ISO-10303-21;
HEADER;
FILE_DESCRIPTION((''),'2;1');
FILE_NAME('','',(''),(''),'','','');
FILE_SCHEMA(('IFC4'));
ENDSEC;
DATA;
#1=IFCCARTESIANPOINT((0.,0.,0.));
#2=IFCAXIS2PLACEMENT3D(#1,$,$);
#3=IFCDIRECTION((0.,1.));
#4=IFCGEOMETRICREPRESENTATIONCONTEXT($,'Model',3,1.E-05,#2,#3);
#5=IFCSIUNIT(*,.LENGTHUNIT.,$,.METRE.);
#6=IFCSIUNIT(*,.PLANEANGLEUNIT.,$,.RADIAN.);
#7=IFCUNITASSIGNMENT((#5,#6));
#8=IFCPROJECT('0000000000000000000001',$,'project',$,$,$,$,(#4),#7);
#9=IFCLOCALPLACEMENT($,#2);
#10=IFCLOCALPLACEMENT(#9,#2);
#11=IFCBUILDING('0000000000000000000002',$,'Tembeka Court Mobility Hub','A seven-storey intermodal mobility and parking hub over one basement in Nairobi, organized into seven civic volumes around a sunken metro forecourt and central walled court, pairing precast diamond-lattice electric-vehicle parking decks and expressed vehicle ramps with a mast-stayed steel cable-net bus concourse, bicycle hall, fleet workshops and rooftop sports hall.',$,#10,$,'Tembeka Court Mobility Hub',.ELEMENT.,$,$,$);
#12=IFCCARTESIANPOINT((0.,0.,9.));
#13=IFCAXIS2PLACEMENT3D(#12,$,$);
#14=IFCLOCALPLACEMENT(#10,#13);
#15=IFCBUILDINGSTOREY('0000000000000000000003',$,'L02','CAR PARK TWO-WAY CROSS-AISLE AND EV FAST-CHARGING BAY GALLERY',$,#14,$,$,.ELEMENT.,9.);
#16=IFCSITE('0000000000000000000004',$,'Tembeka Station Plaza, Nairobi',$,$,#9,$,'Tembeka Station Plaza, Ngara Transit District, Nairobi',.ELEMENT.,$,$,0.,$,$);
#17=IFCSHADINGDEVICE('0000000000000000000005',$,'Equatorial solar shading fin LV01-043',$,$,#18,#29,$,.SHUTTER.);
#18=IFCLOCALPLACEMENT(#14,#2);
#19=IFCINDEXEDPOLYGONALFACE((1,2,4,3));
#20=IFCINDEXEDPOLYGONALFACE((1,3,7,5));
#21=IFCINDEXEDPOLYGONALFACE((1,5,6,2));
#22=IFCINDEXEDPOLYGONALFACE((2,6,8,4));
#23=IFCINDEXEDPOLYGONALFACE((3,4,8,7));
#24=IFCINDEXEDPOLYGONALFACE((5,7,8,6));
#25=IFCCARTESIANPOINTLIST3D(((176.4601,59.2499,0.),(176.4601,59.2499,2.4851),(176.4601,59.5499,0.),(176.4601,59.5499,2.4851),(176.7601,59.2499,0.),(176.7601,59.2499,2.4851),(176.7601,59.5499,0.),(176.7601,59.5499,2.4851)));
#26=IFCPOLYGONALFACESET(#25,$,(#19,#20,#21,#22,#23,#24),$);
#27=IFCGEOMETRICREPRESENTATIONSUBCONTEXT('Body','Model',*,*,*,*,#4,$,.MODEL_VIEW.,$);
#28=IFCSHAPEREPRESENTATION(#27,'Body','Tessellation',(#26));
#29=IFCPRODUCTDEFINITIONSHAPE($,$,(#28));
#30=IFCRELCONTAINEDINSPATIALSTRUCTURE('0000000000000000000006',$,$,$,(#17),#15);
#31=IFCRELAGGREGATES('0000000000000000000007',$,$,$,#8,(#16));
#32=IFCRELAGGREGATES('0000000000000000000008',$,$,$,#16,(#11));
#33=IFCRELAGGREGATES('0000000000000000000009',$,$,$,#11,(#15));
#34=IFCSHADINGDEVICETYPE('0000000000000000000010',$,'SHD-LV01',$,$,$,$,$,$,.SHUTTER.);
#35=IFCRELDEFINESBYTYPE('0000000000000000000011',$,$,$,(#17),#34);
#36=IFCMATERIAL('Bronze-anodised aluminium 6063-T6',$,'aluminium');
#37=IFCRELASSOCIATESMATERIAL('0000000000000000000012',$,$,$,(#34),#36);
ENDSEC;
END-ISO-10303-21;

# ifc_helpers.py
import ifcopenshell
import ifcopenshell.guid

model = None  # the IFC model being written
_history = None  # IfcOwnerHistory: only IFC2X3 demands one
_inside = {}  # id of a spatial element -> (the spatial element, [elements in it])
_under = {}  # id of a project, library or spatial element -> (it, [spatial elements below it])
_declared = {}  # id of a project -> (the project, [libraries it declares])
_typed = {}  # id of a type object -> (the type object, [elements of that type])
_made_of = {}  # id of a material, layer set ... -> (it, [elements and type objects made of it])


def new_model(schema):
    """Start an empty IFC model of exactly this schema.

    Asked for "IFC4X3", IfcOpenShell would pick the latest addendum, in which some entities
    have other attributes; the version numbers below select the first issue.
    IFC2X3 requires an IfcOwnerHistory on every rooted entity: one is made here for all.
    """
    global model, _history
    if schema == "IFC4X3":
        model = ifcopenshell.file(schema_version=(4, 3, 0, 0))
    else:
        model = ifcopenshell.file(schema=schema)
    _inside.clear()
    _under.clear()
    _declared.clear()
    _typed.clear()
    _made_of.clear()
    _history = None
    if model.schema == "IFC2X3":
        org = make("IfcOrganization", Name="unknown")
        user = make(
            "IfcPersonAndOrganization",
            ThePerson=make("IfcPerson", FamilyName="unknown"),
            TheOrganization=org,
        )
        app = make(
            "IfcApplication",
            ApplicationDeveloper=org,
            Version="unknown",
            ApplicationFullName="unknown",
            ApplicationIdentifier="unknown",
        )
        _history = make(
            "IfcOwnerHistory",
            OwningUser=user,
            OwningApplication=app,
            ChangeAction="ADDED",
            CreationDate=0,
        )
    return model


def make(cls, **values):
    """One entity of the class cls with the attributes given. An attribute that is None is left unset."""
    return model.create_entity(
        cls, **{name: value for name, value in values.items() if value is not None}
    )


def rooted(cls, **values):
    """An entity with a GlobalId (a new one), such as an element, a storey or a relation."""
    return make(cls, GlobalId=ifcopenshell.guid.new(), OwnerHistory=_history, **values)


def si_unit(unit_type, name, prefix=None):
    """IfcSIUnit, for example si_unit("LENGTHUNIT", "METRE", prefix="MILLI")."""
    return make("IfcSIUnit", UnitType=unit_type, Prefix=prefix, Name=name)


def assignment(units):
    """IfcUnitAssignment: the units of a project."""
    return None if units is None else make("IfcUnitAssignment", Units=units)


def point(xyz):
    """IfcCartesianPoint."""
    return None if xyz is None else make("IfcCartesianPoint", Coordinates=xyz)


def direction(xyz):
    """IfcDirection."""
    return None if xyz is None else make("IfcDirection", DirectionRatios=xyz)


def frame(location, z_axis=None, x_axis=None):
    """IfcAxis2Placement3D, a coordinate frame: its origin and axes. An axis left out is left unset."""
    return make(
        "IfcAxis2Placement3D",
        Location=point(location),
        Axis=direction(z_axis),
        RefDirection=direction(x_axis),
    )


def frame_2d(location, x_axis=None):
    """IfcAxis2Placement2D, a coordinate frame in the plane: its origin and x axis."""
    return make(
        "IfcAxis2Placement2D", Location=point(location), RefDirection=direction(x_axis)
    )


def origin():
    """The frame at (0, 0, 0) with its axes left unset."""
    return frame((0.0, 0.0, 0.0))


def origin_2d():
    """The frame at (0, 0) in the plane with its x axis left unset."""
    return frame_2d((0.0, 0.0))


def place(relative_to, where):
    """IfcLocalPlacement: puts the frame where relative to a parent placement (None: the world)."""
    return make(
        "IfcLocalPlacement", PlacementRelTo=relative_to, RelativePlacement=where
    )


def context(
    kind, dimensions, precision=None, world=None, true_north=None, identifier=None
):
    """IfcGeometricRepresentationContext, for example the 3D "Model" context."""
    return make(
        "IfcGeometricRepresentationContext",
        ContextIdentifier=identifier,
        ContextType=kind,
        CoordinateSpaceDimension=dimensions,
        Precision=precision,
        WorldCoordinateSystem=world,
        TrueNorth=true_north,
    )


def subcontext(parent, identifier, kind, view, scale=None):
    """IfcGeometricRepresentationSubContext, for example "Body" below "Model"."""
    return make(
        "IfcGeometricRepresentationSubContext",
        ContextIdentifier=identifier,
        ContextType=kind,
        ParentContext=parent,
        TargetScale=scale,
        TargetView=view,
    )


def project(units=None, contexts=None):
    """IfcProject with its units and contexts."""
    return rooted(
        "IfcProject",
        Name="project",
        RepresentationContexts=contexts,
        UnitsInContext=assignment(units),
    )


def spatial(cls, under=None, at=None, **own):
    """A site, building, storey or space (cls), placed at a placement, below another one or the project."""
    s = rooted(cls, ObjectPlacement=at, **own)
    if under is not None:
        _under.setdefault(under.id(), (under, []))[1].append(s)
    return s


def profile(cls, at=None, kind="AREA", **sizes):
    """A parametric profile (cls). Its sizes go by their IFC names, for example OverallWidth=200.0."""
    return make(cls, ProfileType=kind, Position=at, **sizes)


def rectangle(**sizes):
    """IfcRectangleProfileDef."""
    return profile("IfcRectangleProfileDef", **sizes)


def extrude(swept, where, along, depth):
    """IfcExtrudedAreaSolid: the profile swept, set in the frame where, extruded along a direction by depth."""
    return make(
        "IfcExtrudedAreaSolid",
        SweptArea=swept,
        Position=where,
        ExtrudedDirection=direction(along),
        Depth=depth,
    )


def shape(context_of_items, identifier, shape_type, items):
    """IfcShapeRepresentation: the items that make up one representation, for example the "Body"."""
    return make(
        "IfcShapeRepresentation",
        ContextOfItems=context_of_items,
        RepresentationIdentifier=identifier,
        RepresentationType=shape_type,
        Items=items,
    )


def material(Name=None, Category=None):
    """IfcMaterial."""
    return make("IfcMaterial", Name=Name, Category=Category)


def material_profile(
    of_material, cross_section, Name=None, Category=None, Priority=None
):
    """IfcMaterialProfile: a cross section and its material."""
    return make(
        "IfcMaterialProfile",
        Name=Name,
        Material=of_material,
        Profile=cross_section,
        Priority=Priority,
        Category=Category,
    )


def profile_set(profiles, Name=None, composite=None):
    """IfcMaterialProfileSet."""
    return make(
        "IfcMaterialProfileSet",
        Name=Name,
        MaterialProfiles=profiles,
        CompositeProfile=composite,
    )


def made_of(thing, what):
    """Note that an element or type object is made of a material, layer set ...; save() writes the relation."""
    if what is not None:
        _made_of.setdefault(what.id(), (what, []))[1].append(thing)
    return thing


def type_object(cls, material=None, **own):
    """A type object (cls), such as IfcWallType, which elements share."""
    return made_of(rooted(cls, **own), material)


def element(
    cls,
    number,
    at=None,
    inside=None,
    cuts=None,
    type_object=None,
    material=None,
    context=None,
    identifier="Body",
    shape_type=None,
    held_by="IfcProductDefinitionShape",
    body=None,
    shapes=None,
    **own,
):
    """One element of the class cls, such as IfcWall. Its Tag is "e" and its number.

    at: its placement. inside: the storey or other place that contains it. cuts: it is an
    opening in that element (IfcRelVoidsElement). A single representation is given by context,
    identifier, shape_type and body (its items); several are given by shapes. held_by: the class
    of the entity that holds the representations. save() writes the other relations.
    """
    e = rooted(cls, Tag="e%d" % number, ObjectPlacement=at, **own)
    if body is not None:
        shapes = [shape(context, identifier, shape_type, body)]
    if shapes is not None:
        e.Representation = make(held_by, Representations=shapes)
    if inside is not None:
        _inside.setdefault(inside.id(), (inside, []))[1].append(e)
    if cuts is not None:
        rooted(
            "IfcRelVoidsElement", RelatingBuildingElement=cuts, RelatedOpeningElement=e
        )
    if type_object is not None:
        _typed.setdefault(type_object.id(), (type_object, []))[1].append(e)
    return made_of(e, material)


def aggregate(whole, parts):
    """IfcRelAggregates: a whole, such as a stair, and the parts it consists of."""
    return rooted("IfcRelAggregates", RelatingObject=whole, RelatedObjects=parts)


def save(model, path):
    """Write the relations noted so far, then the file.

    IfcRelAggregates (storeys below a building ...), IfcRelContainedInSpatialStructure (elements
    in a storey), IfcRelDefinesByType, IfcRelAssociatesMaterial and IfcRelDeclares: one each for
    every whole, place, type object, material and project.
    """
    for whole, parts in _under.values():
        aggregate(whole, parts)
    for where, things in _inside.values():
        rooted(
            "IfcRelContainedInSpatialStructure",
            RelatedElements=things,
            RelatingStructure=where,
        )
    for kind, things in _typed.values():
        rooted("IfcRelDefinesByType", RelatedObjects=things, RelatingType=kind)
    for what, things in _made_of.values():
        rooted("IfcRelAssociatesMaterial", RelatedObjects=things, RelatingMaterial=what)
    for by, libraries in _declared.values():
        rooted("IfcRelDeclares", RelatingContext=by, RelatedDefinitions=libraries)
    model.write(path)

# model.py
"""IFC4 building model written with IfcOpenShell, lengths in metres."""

from ifc_helpers import new_model, si_unit, direction, frame, origin, origin_2d, place, context, subcontext, project, spatial, rectangle, extrude, material, material_profile, profile_set, type_object, element, save


model = new_model("IFC4")

# Units and contexts
model_context = context("Model", 3, precision=1e-05, world=origin(), true_north=direction((0.0, 1.0)))
body_context = subcontext(model_context, "Body", "Model", "MODEL_VIEW")
ifc_project = project(units=[si_unit("LENGTHUNIT", "METRE"), si_unit("PLANEANGLEUNIT", "RADIAN")], contexts=[model_context])

# Site, building, storey
site_placement = place(None, origin())
site = spatial("IfcSite", under=ifc_project, at=site_placement, Name="Tembeka Station Plaza, Nairobi", LongName="Tembeka Station Plaza, Ngara Transit District, Nairobi", CompositionType="ELEMENT", RefElevation=0.0)
building_placement = place(site_placement, origin())
building = spatial("IfcBuilding", under=site, at=building_placement, Name="Tembeka Court Mobility Hub", Description="A seven-storey intermodal mobility and parking hub over one basement in Nairobi, organized into seven civic volumes around a sunken metro forecourt and central walled court, pairing precast diamond-lattice electric-vehicle parking decks and expressed vehicle ramps with a mast-stayed steel cable-net bus concourse, bicycle hall, fleet workshops and rooftop sports hall.", LongName="Tembeka Court Mobility Hub", CompositionType="ELEMENT")
storey_placement = place(building_placement, frame((0.0, 0.0, 9.0)))
storey = spatial("IfcBuildingStorey", under=building, at=storey_placement, Name="L02", Description="CAR PARK TWO-WAY CROSS-AISLE AND EV FAST-CHARGING BAY GALLERY", CompositionType="ELEMENT", Elevation=9.0)

# Shading device
ifc_material_1 = material(Name="Bronze-anodised aluminium 6063-T6", Category="aluminium")
ifc_material_profile_1 = material_profile(ifc_material_1, rectangle(XDim=0.3, YDim=0.3, at=origin_2d()), Name="ALU-LVR 300x300")
ifc_profile_set_1 = profile_set([ifc_material_profile_1], Name="Bronze-anodised aluminium 6063-T6")
shading_device_type_1 = type_object("IfcShadingDeviceType", Name="SHD-LV01", PredefinedType="SHUTTER", material=ifc_profile_set_1)
shading_device_1_placement = place(storey_placement, frame((176.6101, 59.3999, 0.0), z_axis=(0.0, 0.0, 1.0), x_axis=(1.0, 0.0, 0.0)))
element("IfcShadingDevice", 1, at=shading_device_1_placement, inside=storey, type_object=shading_device_type_1, Name="Equatorial solar shading fin LV01-043", PredefinedType="SHUTTER", context=body_context, shape_type="SweptSolid", body=[
    extrude(rectangle(XDim=0.3, YDim=0.3, at=origin_2d()), origin(), (0.0, 0.0, 1.0), 2.4851),
])

save(model, "model.ifc")
